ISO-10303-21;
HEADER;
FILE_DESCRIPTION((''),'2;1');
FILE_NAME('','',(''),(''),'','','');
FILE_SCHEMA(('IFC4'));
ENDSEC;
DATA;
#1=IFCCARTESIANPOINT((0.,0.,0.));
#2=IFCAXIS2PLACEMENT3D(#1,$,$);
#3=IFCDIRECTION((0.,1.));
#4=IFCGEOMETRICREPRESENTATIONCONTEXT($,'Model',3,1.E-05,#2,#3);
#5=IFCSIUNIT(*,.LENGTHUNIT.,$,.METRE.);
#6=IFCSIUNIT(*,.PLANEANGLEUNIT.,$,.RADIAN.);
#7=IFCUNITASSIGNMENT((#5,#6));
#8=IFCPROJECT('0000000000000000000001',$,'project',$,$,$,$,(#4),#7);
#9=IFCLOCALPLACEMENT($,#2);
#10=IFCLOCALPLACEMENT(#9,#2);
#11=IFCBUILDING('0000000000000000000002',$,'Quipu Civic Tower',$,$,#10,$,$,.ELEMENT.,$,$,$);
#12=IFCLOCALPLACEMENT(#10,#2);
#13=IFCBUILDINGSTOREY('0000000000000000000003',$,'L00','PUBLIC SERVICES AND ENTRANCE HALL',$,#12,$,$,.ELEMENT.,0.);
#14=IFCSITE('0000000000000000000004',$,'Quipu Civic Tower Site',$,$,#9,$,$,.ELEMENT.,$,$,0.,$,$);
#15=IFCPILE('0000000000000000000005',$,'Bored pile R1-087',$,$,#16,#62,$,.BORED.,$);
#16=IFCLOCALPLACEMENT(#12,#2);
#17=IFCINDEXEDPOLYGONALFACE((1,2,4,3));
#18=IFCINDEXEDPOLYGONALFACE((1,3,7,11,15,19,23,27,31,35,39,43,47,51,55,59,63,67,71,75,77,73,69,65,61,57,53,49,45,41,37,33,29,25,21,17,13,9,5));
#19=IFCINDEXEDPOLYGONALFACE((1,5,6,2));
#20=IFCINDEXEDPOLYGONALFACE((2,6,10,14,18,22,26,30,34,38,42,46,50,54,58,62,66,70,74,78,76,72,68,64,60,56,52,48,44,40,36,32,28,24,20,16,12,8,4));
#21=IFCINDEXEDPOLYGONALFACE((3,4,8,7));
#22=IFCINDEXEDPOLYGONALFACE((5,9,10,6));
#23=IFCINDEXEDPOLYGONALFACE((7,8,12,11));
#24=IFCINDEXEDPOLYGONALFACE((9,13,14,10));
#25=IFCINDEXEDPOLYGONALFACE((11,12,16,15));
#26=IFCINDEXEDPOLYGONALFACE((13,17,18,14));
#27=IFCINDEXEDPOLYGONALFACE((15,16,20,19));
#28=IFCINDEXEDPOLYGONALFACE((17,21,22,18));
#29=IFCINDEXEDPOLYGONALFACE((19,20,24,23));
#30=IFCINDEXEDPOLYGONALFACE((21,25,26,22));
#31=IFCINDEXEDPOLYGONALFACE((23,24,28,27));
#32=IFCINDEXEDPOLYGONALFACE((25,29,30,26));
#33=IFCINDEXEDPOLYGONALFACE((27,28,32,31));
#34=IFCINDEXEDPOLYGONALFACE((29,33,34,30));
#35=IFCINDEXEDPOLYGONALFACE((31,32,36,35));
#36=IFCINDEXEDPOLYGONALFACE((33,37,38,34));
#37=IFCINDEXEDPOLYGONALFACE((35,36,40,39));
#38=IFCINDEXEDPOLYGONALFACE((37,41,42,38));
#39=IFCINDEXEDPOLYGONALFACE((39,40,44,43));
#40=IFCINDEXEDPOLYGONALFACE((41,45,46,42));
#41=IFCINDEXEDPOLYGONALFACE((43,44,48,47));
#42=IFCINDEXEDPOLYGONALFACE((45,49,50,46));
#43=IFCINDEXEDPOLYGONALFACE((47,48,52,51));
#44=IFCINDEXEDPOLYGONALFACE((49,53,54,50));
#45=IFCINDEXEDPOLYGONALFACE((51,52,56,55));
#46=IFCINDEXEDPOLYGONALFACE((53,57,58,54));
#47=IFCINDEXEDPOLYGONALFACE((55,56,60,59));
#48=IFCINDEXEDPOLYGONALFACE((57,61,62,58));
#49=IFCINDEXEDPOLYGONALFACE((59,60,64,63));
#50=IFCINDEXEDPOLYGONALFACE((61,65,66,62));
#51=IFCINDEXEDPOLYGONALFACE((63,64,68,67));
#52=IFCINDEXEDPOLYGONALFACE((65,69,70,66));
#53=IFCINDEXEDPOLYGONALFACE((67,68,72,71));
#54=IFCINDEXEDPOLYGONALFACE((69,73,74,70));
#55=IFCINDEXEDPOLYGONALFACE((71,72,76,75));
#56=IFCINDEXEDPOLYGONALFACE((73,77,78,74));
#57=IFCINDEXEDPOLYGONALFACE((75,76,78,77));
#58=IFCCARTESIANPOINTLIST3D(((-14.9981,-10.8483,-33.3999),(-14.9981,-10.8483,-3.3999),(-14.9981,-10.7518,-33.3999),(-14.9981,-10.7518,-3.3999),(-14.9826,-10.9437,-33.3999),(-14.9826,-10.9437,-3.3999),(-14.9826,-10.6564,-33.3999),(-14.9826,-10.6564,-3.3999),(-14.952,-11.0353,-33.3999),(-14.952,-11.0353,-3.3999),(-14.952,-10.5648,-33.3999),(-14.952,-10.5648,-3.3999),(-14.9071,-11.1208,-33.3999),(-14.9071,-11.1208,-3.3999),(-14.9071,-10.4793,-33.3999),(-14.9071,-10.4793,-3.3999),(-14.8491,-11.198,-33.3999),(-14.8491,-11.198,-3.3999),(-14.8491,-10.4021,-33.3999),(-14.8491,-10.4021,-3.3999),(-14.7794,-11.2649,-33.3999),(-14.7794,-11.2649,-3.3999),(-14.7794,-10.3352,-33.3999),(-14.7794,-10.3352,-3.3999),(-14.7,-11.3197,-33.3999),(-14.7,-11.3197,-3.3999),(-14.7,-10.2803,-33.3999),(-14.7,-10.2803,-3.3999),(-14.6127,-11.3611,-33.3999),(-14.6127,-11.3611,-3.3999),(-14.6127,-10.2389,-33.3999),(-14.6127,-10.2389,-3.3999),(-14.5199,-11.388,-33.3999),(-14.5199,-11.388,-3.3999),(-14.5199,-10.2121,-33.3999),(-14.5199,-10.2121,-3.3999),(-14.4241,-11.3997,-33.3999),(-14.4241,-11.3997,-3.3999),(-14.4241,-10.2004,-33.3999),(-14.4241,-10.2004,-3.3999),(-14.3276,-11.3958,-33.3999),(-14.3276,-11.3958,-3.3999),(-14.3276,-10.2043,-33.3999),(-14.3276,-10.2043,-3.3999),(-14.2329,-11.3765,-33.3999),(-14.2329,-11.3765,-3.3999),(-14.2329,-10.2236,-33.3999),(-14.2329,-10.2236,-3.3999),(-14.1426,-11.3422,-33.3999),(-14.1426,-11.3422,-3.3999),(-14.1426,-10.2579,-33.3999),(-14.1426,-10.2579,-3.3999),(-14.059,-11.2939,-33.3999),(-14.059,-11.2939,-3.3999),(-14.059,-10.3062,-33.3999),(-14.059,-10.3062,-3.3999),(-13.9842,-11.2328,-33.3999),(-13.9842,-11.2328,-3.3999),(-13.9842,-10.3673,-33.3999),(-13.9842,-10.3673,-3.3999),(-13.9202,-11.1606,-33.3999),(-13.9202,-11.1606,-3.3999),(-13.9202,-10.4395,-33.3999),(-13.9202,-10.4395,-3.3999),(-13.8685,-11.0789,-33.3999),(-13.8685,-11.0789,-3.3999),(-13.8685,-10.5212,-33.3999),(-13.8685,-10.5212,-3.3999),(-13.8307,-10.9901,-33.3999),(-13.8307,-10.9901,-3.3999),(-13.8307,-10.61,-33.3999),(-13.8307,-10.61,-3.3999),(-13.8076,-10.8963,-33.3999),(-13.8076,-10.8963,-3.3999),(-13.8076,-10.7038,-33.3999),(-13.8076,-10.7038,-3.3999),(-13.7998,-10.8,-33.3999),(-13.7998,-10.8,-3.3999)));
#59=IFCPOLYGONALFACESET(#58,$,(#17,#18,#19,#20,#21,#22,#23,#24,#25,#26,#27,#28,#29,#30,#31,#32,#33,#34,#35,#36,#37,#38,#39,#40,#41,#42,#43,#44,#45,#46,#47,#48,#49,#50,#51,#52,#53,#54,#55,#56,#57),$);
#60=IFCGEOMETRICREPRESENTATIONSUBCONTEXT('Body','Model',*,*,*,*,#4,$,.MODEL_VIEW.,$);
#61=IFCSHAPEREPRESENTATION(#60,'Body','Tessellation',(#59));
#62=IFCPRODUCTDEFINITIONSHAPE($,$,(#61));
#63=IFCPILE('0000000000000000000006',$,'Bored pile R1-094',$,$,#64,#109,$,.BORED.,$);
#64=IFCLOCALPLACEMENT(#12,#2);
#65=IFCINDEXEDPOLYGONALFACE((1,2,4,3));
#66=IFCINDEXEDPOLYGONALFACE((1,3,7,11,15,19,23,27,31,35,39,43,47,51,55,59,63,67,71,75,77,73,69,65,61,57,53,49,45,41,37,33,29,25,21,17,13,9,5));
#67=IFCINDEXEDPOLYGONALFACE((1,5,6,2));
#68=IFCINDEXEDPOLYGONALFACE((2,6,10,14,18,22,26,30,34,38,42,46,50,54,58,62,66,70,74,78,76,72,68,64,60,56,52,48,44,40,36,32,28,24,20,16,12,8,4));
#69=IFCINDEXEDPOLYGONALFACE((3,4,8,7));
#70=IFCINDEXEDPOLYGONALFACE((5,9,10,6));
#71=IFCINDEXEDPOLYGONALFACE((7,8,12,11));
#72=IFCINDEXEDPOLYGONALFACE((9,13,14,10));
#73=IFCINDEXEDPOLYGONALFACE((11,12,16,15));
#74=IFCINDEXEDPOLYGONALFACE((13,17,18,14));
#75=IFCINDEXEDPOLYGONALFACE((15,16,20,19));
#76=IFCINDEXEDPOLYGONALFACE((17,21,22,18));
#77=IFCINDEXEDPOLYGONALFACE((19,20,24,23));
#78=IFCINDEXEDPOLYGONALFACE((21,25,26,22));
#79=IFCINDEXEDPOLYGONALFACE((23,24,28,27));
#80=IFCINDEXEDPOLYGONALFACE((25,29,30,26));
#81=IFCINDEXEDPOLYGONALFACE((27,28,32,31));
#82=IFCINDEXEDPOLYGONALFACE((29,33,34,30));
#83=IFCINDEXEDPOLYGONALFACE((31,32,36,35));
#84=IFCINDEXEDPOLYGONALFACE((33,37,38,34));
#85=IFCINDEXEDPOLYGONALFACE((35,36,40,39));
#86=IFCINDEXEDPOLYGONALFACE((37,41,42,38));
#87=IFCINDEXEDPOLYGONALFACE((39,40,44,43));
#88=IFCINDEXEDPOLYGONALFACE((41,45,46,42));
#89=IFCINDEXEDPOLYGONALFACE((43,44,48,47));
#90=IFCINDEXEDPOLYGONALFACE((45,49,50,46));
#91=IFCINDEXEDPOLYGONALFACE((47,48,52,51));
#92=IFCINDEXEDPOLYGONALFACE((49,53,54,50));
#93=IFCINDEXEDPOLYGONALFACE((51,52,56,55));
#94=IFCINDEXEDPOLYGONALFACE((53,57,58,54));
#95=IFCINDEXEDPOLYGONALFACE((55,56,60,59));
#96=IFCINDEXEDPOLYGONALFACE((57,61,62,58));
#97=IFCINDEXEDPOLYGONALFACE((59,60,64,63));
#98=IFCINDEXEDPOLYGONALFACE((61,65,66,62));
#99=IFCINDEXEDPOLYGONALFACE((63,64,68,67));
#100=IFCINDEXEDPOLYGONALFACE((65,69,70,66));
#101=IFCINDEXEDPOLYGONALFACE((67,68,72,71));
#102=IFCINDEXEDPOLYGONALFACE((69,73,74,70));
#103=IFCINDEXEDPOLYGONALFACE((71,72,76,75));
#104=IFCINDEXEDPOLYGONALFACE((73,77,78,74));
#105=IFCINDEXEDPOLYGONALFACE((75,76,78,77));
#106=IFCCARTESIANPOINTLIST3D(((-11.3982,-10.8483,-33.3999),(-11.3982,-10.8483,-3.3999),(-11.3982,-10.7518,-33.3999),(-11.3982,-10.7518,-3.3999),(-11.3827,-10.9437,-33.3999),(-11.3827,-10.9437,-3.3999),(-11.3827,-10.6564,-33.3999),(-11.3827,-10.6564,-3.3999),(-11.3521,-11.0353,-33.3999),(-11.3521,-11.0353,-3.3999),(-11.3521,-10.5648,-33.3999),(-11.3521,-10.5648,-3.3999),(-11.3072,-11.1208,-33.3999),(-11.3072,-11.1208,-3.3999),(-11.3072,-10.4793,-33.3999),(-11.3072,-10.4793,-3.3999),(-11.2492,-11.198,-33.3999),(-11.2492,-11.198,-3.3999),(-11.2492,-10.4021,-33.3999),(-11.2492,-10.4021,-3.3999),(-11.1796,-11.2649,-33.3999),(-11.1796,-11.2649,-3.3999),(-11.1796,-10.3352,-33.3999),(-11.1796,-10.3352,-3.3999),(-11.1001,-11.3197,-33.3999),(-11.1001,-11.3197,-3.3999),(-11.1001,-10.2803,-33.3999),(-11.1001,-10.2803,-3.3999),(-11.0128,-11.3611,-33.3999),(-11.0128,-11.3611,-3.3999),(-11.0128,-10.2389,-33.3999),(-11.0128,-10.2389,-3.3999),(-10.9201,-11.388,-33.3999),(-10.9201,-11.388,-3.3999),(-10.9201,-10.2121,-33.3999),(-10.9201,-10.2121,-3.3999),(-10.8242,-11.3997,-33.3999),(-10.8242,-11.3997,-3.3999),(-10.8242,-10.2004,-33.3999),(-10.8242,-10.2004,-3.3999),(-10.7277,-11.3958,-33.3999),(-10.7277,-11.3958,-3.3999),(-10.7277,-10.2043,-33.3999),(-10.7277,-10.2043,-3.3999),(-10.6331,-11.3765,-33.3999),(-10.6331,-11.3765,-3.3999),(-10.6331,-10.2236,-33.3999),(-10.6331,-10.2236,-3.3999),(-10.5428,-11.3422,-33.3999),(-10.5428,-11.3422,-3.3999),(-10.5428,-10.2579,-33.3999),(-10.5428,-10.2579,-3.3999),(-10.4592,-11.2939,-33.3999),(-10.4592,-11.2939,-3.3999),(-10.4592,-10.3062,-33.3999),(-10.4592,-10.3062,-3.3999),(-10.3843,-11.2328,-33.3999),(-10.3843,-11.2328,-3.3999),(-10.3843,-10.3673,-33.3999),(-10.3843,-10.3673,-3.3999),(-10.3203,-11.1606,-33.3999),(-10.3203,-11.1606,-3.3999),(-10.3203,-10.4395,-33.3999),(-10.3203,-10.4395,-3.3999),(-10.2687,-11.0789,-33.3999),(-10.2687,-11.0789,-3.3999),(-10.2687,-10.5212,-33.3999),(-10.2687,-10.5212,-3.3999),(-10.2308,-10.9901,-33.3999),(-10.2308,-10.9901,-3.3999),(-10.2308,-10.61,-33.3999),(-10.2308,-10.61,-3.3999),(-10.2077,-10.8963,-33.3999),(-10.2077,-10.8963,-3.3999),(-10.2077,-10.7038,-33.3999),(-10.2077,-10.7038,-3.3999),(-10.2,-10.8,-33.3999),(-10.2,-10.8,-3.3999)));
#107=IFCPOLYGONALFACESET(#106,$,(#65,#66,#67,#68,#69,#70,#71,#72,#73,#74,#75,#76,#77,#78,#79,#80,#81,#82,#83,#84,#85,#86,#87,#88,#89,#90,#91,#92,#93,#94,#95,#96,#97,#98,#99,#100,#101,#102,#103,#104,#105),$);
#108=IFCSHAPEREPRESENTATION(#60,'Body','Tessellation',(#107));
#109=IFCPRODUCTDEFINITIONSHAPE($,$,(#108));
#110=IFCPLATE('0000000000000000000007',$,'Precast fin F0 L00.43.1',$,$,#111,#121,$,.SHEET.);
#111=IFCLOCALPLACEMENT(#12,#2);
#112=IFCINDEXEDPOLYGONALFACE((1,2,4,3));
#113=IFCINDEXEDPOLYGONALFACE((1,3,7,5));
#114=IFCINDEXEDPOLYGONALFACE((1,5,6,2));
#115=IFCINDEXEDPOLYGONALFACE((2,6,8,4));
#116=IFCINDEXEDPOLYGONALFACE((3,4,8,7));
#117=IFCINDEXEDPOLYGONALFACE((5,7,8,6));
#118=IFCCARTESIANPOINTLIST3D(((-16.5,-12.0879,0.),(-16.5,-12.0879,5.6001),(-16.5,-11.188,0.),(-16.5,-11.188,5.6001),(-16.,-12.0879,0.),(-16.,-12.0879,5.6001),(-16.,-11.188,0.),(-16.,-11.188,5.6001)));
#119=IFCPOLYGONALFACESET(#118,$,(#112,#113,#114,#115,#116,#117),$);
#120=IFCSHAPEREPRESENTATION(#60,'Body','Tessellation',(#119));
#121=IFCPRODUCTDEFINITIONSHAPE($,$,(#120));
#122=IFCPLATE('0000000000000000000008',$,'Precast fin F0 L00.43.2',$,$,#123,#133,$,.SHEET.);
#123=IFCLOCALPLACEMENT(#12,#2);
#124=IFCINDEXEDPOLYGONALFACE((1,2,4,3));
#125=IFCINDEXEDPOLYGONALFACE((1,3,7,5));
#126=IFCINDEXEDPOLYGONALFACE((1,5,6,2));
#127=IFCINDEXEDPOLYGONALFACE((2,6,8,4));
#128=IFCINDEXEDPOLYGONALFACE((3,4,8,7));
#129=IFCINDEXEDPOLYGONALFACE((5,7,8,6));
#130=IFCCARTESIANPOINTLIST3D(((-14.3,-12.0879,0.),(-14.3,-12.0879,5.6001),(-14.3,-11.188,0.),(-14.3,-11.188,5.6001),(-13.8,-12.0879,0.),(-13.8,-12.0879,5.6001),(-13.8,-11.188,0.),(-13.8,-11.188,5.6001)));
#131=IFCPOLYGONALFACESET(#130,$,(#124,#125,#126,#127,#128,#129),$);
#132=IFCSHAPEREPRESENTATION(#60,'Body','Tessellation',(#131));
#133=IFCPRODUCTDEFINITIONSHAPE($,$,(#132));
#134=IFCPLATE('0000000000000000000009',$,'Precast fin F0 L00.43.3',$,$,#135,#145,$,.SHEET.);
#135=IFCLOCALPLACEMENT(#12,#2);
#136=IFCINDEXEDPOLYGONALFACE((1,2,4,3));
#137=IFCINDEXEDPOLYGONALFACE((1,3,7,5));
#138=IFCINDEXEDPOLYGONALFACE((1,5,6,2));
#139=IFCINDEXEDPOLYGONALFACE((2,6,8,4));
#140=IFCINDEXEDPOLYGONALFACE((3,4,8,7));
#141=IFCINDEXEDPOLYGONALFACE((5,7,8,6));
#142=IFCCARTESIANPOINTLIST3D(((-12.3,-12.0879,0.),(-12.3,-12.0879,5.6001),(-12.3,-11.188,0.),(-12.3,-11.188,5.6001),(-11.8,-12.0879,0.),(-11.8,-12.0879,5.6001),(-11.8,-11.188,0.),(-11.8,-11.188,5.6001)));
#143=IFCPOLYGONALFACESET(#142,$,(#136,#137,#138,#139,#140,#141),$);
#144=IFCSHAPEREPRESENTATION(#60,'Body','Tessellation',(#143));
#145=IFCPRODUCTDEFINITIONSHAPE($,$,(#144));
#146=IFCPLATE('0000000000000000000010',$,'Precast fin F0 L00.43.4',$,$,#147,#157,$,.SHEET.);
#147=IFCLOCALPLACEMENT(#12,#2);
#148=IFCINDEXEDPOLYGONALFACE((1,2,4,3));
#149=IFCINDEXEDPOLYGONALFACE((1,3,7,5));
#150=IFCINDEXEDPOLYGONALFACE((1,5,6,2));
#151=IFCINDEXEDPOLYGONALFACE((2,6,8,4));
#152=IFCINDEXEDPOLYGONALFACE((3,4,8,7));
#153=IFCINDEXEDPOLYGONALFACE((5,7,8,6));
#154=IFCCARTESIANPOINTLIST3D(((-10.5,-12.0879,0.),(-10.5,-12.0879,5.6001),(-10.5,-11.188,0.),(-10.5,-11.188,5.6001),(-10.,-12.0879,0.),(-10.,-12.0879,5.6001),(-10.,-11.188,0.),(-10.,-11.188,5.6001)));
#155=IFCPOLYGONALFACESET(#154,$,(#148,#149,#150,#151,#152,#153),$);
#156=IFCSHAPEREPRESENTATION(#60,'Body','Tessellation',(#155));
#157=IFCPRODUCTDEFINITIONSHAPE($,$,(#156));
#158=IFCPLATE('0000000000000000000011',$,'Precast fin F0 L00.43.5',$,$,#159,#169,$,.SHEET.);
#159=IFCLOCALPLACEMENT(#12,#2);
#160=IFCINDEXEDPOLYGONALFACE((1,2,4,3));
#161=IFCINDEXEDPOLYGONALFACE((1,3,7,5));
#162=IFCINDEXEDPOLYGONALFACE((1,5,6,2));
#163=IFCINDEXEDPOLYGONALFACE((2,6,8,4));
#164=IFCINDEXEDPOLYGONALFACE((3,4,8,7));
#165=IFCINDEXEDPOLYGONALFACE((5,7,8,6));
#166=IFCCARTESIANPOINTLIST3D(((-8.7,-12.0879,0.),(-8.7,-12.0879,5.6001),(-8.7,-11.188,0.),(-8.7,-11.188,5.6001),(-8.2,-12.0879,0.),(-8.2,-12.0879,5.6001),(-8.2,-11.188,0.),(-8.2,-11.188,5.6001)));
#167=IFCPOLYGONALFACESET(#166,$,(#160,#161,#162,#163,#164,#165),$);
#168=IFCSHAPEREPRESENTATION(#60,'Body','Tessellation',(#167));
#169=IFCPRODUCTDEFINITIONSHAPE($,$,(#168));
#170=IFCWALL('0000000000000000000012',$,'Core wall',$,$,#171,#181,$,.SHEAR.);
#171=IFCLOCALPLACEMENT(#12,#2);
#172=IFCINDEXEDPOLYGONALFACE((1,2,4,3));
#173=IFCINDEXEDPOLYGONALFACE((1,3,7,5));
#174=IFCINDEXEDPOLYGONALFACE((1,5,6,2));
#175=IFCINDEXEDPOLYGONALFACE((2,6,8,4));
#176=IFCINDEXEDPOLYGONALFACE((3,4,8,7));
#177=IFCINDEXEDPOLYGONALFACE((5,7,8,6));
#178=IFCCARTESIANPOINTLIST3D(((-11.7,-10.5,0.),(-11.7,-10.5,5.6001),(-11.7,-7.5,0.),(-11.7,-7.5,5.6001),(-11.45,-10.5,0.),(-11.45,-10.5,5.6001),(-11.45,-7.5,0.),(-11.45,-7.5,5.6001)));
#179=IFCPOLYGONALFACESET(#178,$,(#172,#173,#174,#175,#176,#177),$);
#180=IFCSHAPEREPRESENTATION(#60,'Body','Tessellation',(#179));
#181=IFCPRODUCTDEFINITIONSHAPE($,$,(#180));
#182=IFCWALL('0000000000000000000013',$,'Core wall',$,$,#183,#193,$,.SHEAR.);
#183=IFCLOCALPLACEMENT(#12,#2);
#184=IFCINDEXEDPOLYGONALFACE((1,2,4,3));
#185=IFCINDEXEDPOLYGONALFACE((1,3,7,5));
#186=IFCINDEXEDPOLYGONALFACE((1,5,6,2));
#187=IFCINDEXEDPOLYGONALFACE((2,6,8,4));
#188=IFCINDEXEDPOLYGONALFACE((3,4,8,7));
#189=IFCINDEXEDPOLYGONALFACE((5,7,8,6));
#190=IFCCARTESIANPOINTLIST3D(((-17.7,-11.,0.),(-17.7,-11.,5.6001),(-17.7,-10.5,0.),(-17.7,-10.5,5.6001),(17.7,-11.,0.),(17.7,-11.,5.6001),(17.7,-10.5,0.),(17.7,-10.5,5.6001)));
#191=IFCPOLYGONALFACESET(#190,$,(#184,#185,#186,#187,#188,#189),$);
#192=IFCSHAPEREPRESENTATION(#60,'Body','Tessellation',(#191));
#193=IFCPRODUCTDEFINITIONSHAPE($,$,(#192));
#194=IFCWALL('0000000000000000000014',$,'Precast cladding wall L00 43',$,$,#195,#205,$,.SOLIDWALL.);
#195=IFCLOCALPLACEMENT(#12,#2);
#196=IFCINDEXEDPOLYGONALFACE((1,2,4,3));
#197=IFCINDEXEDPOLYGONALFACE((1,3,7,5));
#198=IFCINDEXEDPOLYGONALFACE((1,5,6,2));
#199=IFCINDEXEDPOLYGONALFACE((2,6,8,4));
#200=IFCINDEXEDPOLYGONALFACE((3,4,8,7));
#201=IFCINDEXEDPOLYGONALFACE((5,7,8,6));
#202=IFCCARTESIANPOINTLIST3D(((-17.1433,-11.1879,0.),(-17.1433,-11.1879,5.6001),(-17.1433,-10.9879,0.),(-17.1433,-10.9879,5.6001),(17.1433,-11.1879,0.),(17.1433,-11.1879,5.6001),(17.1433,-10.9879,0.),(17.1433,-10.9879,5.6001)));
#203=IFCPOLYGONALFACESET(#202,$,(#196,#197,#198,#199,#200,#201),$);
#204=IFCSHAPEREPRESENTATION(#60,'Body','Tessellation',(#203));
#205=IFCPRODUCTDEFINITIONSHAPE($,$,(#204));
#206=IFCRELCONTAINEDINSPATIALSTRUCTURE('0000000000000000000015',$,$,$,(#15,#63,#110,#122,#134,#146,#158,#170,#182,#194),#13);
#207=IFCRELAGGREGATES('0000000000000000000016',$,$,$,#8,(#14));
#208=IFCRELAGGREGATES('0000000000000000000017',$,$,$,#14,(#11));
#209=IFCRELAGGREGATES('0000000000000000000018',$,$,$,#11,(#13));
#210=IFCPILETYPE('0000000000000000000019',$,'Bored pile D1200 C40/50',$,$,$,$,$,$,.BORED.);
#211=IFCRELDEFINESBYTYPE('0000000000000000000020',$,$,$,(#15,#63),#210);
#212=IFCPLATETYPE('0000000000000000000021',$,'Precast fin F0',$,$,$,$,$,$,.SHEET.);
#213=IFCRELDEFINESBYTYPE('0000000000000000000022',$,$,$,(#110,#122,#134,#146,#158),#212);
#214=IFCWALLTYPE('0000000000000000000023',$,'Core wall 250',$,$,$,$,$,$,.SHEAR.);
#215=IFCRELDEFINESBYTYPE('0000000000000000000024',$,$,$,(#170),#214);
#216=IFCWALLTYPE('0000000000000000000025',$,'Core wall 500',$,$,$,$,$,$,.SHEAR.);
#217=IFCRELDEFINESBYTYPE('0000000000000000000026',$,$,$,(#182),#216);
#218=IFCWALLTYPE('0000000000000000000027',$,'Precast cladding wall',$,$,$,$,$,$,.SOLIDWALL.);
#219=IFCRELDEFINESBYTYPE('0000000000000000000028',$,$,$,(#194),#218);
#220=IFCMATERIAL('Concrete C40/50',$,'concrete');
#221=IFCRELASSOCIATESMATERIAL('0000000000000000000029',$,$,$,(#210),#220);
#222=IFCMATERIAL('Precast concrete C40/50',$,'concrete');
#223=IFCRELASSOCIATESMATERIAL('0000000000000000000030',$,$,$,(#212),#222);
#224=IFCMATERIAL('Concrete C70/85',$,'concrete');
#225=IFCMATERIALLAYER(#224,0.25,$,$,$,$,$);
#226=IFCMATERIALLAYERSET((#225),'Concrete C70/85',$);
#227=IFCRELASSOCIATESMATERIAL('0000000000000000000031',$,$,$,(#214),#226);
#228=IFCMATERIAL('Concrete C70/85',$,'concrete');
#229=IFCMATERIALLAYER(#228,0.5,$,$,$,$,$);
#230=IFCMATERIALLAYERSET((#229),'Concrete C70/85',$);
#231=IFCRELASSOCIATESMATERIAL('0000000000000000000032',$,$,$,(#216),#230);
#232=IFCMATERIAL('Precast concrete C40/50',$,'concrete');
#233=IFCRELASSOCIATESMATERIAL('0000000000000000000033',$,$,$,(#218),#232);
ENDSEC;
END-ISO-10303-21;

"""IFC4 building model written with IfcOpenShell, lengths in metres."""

from ifc_helpers import new_model, si_unit, direction, frame, frame_2d, origin, origin_2d, place, context, subcontext, project, spatial, rectangle, circle, extrude, material, layer, layer_set, material_profile, profile_set, type_object, element, save


model = new_model("IFC4")

# Units and contexts
model_context = context("Model", 3, precision=1e-05, world=origin(), true_north=direction((0.0, 1.0)))
body_context = subcontext(model_context, "Body", "Model", "MODEL_VIEW")
ifc_project = project(units=[si_unit("LENGTHUNIT", "METRE"), si_unit("PLANEANGLEUNIT", "RADIAN")], contexts=[model_context])

# Site, building, storey
site_placement = place(None, origin())
site = spatial("IfcSite", under=ifc_project, at=site_placement, Name="Quipu Civic Tower Site", CompositionType="ELEMENT", RefElevation=0.0)
building_placement = place(site_placement, origin())
building = spatial("IfcBuilding", under=site, at=building_placement, Name="Quipu Civic Tower", CompositionType="ELEMENT")
storey_placement = place(building_placement, origin())
storey = spatial("IfcBuildingStorey", under=building, at=storey_placement, Name="L00", Description="PUBLIC SERVICES AND ENTRANCE HALL", CompositionType="ELEMENT", Elevation=0.0)

# Piles
ifc_material_1 = material(Name="Concrete C40/50", Category="concrete")
ifc_material_profile = material_profile(ifc_material_1, circle(Radius=0.6001, at=origin_2d()), Name="RCD1200")
ifc_profile_set = profile_set([ifc_material_profile], Name="Concrete C40/50")
pile_type = type_object("IfcPileType", Name="Bored pile D1200 C40/50", PredefinedType="BORED", material=ifc_profile_set)
for number, where, z_axis, x_axis, name in (
    (1, (-14.3999, -10.8, -3.3999), (0.0, 0.0, -1.0), (1.0, 0.0, 0.0), "Bored pile R1-087"),
    (2, (-10.8, -10.8, -3.3999), (0.0, 0.0, -1.0), (1.0, 0.0, 0.0), "Bored pile R1-094"),
):
    element("IfcPile", number, at=place(storey_placement, frame(where, z_axis=z_axis, x_axis=x_axis)), inside=storey, type_object=pile_type, Name=name, PredefinedType="BORED", context=body_context, shape_type="SweptSolid", body=[
        extrude(circle(Radius=0.6001, at=origin_2d()), origin(), (0.0, 0.0, 1.0), 30.0),
    ])

# Plates
ifc_material_2 = material(Name="Precast concrete C40/50", Category="concrete")
plate_type = type_object("IfcPlateType", Name="Precast fin F0", PredefinedType="SHEET", material=ifc_material_2)
for number, where, z_axis, x_axis, name in (
    (3, (-16.25, -11.6379, 0.0), (0.0, 0.0, 1.0), (1.0, 0.0, 0.0), "Precast fin F0 L00.43.1"),
    (4, (-14.05, -11.6379, 0.0), (0.0, 0.0, 1.0), (1.0, 0.0, 0.0), "Precast fin F0 L00.43.2"),
    (5, (-12.05, -11.6379, 0.0), (0.0, 0.0, 1.0), (1.0, 0.0, 0.0), "Precast fin F0 L00.43.3"),
    (6, (-10.25, -11.6379, 0.0), (0.0, 0.0, 1.0), (1.0, 0.0, 0.0), "Precast fin F0 L00.43.4"),
    (7, (-8.45, -11.6379, 0.0), (0.0, 0.0, 1.0), (1.0, 0.0, 0.0), "Precast fin F0 L00.43.5"),
):
    element("IfcPlate", number, at=place(storey_placement, frame(where, z_axis=z_axis, x_axis=x_axis)), inside=storey, type_object=plate_type, Name=name, PredefinedType="SHEET", context=body_context, shape_type="SweptSolid", body=[
        extrude(rectangle(XDim=0.5, YDim=0.8999, at=origin_2d()), origin(), (0.0, 0.0, 1.0), 5.6001),
    ])

# Walls
ifc_material_3 = material(Name="Concrete C70/85", Category="concrete")
ifc_layer_1 = layer(ifc_material_3, 0.25)
ifc_layer_set_1 = layer_set([ifc_layer_1], Name="Concrete C70/85")
wall_type_1 = type_object("IfcWallType", Name="Core wall 250", PredefinedType="SHEAR", material=ifc_layer_set_1)
wall_1_placement = place(storey_placement, frame((-11.575, -10.5, 0.0), z_axis=(0.0, 0.0, 1.0), x_axis=(0.0, 1.0, 0.0)))
element("IfcWall", 8, at=wall_1_placement, inside=storey, type_object=wall_type_1, Name="Core wall", PredefinedType="SHEAR", context=body_context, shape_type="SweptSolid", body=[
    extrude(rectangle(XDim=3.0, YDim=0.25, at=frame_2d((1.5, 0.0))), origin(), (0.0, 0.0, 1.0), 5.6001),
])
ifc_material_4 = material(Name="Concrete C70/85", Category="concrete")
ifc_layer_2 = layer(ifc_material_4, 0.5)
ifc_layer_set_2 = layer_set([ifc_layer_2], Name="Concrete C70/85")
wall_type_2 = type_object("IfcWallType", Name="Core wall 500", PredefinedType="SHEAR", material=ifc_layer_set_2)
wall_2_placement = place(storey_placement, frame((-17.7, -10.75, 0.0), z_axis=(0.0, 0.0, 1.0), x_axis=(1.0, 0.0, 0.0)))
element("IfcWall", 9, at=wall_2_placement, inside=storey, type_object=wall_type_2, Name="Core wall", PredefinedType="SHEAR", context=body_context, shape_type="SweptSolid", body=[
    extrude(rectangle(XDim=35.3999, YDim=0.5, at=frame_2d((17.7, 0.0))), origin(), (0.0, 0.0, 1.0), 5.6001),
])
ifc_material_5 = material(Name="Precast concrete C40/50", Category="concrete")
wall_type_3 = type_object("IfcWallType", Name="Precast cladding wall", PredefinedType="SOLIDWALL", material=ifc_material_5)
wall_3_placement = place(storey_placement, frame((-17.1433, -11.0879, 0.0), z_axis=(0.0, 0.0, 1.0), x_axis=(1.0, 0.0, 0.0)))
element("IfcWall", 10, at=wall_3_placement, inside=storey, type_object=wall_type_3, Name="Precast cladding wall L00 43", PredefinedType="SOLIDWALL", context=body_context, shape_type="SweptSolid", body=[
    extrude(rectangle(XDim=34.2866, YDim=0.2, at=frame_2d((17.1433, 0.0))), origin(), (0.0, 0.0, 1.0), 5.6001),
])

save(model, "model.ifc")
